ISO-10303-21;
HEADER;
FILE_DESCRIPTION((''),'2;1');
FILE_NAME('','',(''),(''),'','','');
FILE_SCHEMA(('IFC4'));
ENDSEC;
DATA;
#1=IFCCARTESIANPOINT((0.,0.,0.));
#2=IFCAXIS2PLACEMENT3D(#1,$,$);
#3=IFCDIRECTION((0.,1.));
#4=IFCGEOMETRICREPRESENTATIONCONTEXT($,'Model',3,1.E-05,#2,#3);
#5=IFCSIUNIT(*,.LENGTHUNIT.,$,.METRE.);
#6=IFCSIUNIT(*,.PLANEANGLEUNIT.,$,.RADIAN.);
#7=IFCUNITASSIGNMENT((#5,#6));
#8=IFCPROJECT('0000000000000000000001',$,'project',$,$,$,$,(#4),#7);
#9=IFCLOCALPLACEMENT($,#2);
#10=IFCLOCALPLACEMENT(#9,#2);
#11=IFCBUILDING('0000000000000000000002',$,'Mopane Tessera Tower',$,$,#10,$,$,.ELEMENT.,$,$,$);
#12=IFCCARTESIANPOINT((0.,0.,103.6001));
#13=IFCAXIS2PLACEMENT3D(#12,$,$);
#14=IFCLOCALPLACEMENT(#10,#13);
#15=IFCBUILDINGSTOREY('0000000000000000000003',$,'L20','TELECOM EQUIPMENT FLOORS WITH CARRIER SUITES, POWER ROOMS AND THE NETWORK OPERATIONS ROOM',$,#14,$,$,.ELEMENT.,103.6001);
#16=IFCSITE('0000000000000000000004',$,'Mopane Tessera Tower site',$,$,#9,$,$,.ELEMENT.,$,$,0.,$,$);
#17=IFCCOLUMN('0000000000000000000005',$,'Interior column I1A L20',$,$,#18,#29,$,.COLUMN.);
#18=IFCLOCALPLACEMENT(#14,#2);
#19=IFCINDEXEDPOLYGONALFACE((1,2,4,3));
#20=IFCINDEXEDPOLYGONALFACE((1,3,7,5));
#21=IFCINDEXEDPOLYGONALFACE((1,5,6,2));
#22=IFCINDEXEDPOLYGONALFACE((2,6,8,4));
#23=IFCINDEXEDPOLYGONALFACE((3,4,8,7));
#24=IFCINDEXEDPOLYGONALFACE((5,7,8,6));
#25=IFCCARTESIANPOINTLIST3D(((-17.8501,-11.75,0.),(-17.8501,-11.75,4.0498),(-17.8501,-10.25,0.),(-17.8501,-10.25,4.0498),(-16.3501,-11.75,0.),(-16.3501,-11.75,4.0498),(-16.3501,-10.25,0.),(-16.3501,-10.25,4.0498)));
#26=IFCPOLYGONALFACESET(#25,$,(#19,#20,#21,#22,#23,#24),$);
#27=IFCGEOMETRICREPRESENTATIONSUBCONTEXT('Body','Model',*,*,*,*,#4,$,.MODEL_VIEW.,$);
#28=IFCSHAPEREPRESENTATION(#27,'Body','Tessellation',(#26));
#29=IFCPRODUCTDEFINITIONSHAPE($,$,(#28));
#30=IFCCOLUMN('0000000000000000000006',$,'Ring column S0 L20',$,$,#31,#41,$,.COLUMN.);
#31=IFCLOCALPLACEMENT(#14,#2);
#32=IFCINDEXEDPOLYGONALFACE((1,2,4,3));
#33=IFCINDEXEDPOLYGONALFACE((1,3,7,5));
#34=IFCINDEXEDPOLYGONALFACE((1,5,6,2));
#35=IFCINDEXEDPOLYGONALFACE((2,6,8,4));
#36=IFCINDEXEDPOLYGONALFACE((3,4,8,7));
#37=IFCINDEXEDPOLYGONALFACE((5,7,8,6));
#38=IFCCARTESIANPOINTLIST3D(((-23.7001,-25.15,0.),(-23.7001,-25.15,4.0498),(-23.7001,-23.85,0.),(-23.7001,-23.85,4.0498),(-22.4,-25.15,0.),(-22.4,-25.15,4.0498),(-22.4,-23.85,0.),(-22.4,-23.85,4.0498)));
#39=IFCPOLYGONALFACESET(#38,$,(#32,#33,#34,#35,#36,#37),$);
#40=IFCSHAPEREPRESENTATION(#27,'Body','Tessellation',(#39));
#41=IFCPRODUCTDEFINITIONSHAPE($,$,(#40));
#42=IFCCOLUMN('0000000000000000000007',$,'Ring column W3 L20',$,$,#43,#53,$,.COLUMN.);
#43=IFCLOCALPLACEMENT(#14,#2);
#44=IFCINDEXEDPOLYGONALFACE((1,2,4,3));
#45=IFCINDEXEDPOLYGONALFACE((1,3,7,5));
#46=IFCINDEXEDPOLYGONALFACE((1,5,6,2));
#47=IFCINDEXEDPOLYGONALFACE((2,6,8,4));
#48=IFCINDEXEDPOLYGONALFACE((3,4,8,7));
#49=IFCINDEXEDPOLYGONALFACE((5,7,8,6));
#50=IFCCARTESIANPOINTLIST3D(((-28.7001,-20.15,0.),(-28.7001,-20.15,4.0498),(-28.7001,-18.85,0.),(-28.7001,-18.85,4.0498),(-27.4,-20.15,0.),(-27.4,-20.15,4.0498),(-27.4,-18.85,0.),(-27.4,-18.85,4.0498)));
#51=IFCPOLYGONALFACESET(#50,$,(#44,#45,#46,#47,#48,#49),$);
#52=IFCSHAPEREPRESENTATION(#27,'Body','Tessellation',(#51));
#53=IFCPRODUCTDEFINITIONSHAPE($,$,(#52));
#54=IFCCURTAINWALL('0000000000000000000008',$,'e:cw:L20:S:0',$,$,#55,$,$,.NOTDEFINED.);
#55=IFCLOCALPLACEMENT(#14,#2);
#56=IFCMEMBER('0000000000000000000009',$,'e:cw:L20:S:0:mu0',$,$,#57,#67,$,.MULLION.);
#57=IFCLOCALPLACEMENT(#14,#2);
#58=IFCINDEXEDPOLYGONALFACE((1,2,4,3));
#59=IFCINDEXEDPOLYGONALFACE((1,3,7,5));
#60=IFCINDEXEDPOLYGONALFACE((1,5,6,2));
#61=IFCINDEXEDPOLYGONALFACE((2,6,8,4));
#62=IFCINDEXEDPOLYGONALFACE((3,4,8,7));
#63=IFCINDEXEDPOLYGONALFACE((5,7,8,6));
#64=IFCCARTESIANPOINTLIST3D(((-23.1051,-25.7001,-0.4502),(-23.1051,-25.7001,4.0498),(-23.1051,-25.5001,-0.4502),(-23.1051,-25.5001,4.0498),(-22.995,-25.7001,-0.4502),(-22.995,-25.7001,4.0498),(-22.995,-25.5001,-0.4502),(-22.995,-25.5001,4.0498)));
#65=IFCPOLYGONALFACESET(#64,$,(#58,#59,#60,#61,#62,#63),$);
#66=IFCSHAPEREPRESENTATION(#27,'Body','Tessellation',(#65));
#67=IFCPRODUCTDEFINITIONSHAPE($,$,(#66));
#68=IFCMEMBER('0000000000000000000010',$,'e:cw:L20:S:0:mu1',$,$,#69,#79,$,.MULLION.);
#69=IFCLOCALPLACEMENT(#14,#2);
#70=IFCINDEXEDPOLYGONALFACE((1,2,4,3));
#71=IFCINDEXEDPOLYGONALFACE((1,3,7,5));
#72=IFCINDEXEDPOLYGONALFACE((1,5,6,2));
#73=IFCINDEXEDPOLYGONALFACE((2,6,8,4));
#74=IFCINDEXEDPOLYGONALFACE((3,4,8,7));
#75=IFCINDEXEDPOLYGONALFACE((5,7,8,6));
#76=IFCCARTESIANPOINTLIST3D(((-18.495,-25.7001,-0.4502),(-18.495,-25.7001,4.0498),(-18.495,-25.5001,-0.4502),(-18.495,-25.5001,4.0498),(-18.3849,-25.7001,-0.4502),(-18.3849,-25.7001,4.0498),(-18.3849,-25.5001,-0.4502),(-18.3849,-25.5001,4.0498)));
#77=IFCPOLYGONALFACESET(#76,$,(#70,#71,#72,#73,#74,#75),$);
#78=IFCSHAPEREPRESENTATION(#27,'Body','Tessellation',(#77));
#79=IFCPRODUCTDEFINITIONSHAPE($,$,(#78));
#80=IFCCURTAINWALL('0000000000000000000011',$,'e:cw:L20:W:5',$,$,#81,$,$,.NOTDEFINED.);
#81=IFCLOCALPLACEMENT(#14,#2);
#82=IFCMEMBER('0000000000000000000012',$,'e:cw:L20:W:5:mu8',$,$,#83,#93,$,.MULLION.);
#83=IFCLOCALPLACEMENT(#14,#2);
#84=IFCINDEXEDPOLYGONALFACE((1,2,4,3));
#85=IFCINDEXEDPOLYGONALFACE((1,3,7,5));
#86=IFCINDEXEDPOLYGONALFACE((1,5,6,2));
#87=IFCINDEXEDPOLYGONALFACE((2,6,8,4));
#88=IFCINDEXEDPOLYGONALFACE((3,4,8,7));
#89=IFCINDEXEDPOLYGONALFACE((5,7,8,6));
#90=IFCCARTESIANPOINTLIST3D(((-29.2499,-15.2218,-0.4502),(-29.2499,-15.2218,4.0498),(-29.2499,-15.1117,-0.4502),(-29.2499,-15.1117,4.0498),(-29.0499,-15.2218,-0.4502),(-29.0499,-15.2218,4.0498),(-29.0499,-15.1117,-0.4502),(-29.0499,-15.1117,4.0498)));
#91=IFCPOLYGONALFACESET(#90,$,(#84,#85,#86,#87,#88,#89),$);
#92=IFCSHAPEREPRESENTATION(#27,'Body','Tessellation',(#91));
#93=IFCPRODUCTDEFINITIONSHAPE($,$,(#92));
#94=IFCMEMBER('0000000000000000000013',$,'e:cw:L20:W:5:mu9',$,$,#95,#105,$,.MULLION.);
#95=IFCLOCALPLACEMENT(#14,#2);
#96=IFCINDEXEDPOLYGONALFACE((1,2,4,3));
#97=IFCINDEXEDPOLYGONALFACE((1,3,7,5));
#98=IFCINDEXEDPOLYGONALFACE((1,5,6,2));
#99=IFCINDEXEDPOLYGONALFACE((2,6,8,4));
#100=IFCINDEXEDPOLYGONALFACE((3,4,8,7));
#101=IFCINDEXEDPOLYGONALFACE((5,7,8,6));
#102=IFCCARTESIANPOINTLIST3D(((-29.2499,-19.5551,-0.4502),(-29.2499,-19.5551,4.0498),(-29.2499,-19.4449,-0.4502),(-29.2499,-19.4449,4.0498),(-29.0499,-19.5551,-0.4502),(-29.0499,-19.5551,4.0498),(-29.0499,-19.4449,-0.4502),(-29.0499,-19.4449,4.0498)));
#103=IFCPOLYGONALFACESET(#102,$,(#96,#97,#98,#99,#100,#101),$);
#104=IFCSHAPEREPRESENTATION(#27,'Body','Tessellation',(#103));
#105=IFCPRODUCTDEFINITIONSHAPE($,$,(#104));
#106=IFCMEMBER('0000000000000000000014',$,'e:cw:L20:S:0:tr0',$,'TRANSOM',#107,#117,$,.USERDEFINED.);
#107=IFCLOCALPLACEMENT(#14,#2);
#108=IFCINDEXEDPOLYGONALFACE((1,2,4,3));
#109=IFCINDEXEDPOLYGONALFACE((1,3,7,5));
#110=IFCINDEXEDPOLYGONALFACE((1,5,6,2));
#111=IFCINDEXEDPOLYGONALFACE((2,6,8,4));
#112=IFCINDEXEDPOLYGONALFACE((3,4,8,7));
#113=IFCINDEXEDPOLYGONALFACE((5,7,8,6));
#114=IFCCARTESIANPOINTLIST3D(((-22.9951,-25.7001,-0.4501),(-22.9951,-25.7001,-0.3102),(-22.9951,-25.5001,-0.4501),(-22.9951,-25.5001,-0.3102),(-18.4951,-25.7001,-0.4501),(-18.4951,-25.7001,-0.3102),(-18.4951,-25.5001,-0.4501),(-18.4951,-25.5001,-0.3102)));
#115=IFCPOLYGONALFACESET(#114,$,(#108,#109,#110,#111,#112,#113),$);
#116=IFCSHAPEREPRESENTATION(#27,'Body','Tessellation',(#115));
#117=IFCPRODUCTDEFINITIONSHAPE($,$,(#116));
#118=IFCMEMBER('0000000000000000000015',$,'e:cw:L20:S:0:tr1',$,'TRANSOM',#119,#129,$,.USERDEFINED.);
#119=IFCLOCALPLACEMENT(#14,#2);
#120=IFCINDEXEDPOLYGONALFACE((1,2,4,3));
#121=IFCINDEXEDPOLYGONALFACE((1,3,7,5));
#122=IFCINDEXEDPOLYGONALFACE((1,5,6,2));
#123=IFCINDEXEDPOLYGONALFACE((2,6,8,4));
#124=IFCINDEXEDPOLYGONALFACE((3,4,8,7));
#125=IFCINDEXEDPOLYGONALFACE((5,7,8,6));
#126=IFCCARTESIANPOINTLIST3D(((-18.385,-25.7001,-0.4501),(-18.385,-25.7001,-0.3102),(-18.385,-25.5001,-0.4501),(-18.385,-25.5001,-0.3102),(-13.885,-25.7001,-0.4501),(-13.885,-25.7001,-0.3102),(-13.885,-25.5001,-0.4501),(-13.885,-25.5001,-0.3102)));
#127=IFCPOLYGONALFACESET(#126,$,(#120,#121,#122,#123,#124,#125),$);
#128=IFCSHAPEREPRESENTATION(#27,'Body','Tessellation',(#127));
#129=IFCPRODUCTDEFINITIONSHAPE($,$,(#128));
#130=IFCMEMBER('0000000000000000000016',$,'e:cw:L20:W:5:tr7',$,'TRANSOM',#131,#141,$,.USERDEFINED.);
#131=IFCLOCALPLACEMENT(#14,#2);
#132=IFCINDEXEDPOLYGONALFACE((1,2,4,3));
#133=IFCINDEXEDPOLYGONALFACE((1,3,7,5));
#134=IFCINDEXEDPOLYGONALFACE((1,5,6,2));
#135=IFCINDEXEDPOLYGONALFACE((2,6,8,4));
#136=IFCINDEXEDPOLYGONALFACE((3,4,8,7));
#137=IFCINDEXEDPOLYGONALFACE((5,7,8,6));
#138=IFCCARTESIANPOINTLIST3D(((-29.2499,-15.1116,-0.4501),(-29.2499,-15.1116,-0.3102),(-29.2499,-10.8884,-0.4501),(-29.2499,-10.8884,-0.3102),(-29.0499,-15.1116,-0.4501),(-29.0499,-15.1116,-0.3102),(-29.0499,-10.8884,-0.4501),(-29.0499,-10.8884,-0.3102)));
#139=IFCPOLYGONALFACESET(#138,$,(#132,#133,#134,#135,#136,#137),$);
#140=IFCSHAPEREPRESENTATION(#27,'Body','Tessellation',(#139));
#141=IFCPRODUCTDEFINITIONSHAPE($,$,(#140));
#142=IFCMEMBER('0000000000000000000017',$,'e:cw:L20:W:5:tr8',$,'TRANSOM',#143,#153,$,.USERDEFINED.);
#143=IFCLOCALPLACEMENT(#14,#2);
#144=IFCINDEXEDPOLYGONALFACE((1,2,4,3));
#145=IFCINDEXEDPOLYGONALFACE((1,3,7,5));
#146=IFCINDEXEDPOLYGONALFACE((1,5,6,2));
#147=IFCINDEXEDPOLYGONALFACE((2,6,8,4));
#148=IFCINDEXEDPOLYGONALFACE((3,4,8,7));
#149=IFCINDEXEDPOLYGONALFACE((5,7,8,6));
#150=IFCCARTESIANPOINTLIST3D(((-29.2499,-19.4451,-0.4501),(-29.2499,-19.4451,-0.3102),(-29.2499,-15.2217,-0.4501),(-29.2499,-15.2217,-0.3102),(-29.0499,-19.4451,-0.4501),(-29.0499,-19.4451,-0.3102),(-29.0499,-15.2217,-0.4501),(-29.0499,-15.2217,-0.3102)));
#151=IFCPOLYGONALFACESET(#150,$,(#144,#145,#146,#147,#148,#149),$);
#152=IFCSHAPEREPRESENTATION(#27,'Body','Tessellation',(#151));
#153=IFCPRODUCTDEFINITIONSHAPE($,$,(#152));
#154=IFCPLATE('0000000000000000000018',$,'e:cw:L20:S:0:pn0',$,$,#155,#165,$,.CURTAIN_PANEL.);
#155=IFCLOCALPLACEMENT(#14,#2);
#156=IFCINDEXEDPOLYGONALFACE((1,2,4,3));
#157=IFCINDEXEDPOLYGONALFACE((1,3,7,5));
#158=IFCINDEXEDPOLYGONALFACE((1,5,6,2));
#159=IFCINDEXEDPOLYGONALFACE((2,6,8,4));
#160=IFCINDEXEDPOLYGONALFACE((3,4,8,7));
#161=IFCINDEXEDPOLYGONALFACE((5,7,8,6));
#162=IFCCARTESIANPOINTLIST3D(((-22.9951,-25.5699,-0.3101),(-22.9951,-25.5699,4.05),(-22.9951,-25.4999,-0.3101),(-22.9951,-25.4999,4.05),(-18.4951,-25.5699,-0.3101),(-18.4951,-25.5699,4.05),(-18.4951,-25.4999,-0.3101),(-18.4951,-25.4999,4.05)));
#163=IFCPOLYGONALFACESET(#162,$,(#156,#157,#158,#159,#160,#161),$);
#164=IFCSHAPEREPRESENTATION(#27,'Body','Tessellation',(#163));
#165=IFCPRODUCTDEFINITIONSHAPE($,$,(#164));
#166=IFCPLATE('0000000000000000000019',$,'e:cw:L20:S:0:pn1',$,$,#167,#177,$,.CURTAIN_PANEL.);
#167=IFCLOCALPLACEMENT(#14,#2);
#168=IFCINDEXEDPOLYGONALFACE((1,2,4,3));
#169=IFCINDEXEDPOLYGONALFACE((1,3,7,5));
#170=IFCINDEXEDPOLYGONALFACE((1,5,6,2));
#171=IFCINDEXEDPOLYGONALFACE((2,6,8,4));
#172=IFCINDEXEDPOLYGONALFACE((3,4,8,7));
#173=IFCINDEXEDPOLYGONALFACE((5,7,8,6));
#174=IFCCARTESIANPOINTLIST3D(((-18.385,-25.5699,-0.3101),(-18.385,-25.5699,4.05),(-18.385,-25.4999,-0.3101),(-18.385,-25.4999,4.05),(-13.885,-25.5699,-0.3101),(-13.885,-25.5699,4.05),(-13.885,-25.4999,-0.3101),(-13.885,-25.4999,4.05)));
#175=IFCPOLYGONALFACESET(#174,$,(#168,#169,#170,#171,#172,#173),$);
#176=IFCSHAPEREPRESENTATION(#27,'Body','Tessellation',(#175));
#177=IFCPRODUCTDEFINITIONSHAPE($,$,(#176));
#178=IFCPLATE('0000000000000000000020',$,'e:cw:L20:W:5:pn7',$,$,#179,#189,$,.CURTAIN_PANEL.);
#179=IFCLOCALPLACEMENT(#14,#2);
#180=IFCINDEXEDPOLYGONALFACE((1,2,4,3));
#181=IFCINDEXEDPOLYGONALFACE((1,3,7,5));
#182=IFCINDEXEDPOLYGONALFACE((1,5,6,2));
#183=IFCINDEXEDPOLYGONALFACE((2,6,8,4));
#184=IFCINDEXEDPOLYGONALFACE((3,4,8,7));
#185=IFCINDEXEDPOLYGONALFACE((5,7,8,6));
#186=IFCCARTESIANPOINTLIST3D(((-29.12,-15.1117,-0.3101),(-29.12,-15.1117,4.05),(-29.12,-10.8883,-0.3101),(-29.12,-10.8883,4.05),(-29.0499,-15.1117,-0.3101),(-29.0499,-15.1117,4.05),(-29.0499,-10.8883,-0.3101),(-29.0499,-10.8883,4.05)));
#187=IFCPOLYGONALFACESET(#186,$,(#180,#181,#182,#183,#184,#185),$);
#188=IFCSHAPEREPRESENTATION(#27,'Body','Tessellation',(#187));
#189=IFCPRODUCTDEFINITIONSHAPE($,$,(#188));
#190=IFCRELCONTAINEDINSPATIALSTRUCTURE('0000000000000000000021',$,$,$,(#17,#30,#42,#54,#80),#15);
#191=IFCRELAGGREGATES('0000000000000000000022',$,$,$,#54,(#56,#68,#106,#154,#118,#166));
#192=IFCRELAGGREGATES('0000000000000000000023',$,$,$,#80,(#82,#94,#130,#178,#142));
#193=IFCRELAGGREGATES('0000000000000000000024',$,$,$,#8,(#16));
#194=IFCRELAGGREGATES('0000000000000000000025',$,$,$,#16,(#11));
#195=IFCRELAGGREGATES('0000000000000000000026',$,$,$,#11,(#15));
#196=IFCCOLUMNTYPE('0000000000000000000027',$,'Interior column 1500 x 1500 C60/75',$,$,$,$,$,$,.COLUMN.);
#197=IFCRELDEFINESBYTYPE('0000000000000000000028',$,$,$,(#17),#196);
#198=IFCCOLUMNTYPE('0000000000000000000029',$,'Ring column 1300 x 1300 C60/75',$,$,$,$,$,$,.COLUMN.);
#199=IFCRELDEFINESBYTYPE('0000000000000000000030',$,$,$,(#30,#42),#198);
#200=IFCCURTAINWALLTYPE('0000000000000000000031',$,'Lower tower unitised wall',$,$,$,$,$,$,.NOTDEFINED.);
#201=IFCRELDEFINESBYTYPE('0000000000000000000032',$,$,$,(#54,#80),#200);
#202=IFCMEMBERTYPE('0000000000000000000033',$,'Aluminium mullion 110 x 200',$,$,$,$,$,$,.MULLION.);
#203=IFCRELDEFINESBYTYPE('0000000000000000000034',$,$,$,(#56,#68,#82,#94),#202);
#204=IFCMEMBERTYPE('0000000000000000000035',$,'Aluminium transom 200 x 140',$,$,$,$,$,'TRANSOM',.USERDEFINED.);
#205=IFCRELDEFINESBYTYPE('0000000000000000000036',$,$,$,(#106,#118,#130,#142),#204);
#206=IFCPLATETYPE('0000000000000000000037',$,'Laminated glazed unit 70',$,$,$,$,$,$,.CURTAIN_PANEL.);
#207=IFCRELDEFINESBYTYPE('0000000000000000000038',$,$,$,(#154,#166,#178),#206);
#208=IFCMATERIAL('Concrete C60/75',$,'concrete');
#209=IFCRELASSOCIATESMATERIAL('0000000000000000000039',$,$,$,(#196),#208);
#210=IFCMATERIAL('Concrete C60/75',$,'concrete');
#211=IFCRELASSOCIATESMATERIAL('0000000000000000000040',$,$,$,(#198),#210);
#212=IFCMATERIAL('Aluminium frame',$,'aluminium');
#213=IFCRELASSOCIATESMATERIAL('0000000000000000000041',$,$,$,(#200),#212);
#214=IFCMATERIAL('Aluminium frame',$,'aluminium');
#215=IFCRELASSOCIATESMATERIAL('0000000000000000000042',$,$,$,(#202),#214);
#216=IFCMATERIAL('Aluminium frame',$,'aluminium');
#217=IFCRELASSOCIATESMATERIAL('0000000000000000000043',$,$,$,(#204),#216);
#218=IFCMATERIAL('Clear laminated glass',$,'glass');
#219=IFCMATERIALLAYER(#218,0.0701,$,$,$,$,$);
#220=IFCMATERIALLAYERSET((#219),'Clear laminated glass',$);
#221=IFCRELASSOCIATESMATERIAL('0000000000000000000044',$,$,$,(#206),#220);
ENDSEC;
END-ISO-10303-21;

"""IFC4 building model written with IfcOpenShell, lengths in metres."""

from ifc_helpers import new_model, si_unit, direction, frame, origin, origin_2d, place, context, subcontext, project, spatial, rectangle, extrude, material, layer, layer_set, material_profile, profile_set, type_object, element, aggregate, save


model = new_model("IFC4")

# Units and contexts
model_context = context("Model", 3, precision=1e-05, world=origin(), true_north=direction((0.0, 1.0)))
body_context = subcontext(model_context, "Body", "Model", "MODEL_VIEW")
ifc_project = project(units=[si_unit("LENGTHUNIT", "METRE"), si_unit("PLANEANGLEUNIT", "RADIAN")], contexts=[model_context])

# Site, building, storey
site_placement = place(None, origin())
site = spatial("IfcSite", under=ifc_project, at=site_placement, Name="Mopane Tessera Tower site", CompositionType="ELEMENT", RefElevation=0.0)
building_placement = place(site_placement, origin())
building = spatial("IfcBuilding", under=site, at=building_placement, Name="Mopane Tessera Tower", CompositionType="ELEMENT")
storey_placement = place(building_placement, frame((0.0, 0.0, 103.6001)))
storey = spatial("IfcBuildingStorey", under=building, at=storey_placement, Name="L20", Description="TELECOM EQUIPMENT FLOORS WITH CARRIER SUITES, POWER ROOMS AND THE NETWORK OPERATIONS ROOM", CompositionType="ELEMENT", Elevation=103.6001)

# Columns
ifc_material_1 = material(Name="Concrete C60/75", Category="concrete")
ifc_material_profile_1 = material_profile(ifc_material_1, rectangle(XDim=1.5, YDim=1.5, at=origin_2d()))
ifc_profile_set_1 = profile_set([ifc_material_profile_1], Name="Concrete C60/75")
column_type_1 = type_object("IfcColumnType", Name="Interior column 1500 x 1500 C60/75", PredefinedType="COLUMN", material=ifc_profile_set_1)
column_placement = place(storey_placement, frame((-17.1001, -11.0, 0.0), z_axis=(0.0, 0.0, 1.0), x_axis=(1.0, 0.0, 0.0)))
element("IfcColumn", 1, at=column_placement, inside=storey, type_object=column_type_1, Name="Interior column I1A L20", PredefinedType="COLUMN", context=body_context, shape_type="SweptSolid", body=[
    extrude(rectangle(XDim=1.5, YDim=1.5, at=origin_2d()), origin(), (0.0, 0.0, 1.0), 4.0498),
])
ifc_material_2 = material(Name="Concrete C60/75", Category="concrete")
ifc_material_profile_2 = material_profile(ifc_material_2, rectangle(XDim=1.3, YDim=1.3, at=origin_2d()))
ifc_profile_set_2 = profile_set([ifc_material_profile_2], Name="Concrete C60/75")
column_type_2 = type_object("IfcColumnType", Name="Ring column 1300 x 1300 C60/75", PredefinedType="COLUMN", material=ifc_profile_set_2)
for number, where, z_axis, x_axis, name in (
    (2, (-23.05, -24.5, 0.0), (0.0, 0.0, 1.0), (1.0, 0.0, 0.0), "Ring column S0 L20"),
    (3, (-28.05, -19.5, 0.0), (0.0, 0.0, 1.0), (1.0, 0.0, 0.0), "Ring column W3 L20"),
):
    element("IfcColumn", number, at=place(storey_placement, frame(where, z_axis=z_axis, x_axis=x_axis)), inside=storey, type_object=column_type_2, Name=name, PredefinedType="COLUMN", context=body_context, shape_type="SweptSolid", body=[
        extrude(rectangle(XDim=1.3, YDim=1.3, at=origin_2d()), origin(), (0.0, 0.0, 1.0), 4.0498),
    ])

# Curtain walls, members
ifc_material_3 = material(Name="Aluminium frame", Category="aluminium")
curtain_wall_type = type_object("IfcCurtainWallType", Name="Lower tower unitised wall", PredefinedType="NOTDEFINED", material=ifc_material_3)
curtain_wall_1_placement = place(storey_placement, origin())
curtain_wall_1 = element("IfcCurtainWall", 4, at=curtain_wall_1_placement, inside=storey, type_object=curtain_wall_type, Name="e:cw:L20:S:0", PredefinedType="NOTDEFINED")
ifc_material_4 = material(Name="Aluminium frame", Category="aluminium")
ifc_material_profile_3 = material_profile(ifc_material_4, rectangle(XDim=0.1101, YDim=0.2, at=origin_2d()))
ifc_profile_set_3 = profile_set([ifc_material_profile_3], Name="Aluminium frame")
member_type_1 = type_object("IfcMemberType", Name="Aluminium mullion 110 x 200", PredefinedType="MULLION", material=ifc_profile_set_3)
member_1_placement = place(storey_placement, frame((-23.05, -25.6001, -0.4502), z_axis=(0.0, 0.0, 1.0), x_axis=(1.0, 0.0, 0.0)))
member_1 = element("IfcMember", 5, at=member_1_placement, type_object=member_type_1, Name="e:cw:L20:S:0:mu0", PredefinedType="MULLION", context=body_context, shape_type="SweptSolid", body=[
    extrude(rectangle(XDim=0.1101, YDim=0.2, at=origin_2d()), origin(), (0.0, 0.0, 1.0), 4.5),
])
member_2_placement = place(storey_placement, frame((-18.4399, -25.6001, -0.4502), z_axis=(0.0, 0.0, 1.0), x_axis=(1.0, 0.0, 0.0)))
member_2 = element("IfcMember", 6, at=member_2_placement, type_object=member_type_1, Name="e:cw:L20:S:0:mu1", PredefinedType="MULLION", context=body_context, shape_type="SweptSolid", body=[
    extrude(rectangle(XDim=0.1101, YDim=0.2, at=origin_2d()), origin(), (0.0, 0.0, 1.0), 4.5),
])
curtain_wall_2_placement = place(storey_placement, origin())
curtain_wall_2 = element("IfcCurtainWall", 7, at=curtain_wall_2_placement, inside=storey, type_object=curtain_wall_type, Name="e:cw:L20:W:5", PredefinedType="NOTDEFINED")
member_3_placement = place(storey_placement, frame((-29.1499, -15.1667, -0.4502), z_axis=(0.0, 0.0, 1.0), x_axis=(0.0, -1.0, 0.0)))
member_3 = element("IfcMember", 8, at=member_3_placement, type_object=member_type_1, Name="e:cw:L20:W:5:mu8", PredefinedType="MULLION", context=body_context, shape_type="SweptSolid", body=[
    extrude(rectangle(XDim=0.1101, YDim=0.2, at=origin_2d()), origin(), (0.0, 0.0, 1.0), 4.5),
])
member_4_placement = place(storey_placement, frame((-29.1499, -19.5, -0.4502), z_axis=(0.0, 0.0, 1.0), x_axis=(0.0, -1.0, 0.0)))
member_4 = element("IfcMember", 9, at=member_4_placement, type_object=member_type_1, Name="e:cw:L20:W:5:mu9", PredefinedType="MULLION", context=body_context, shape_type="SweptSolid", body=[
    extrude(rectangle(XDim=0.1101, YDim=0.2, at=origin_2d()), origin(), (0.0, 0.0, 1.0), 4.5),
])

# Members
ifc_material_5 = material(Name="Aluminium frame", Category="aluminium")
ifc_material_profile_4 = material_profile(ifc_material_5, rectangle(XDim=0.2, YDim=0.1399, at=origin_2d()))
ifc_profile_set_4 = profile_set([ifc_material_profile_4], Name="Aluminium frame")
member_type_2 = type_object("IfcMemberType", Name="Aluminium transom 200 x 140", ElementType="TRANSOM", PredefinedType="USERDEFINED", material=ifc_profile_set_4)
member_5_placement = place(storey_placement, frame((-22.9951, -25.6001, -0.3801), z_axis=(1.0, 0.0, 0.0), x_axis=(0.0, 1.0, 0.0)))
member_5 = element("IfcMember", 10, at=member_5_placement, type_object=member_type_2, Name="e:cw:L20:S:0:tr0", ObjectType="TRANSOM", PredefinedType="USERDEFINED", context=body_context, shape_type="SweptSolid", body=[
    extrude(rectangle(XDim=0.2, YDim=0.1399, at=origin_2d()), origin(), (0.0, 0.0, 1.0), 4.5),
])
member_6_placement = place(storey_placement, frame((-18.385, -25.6001, -0.3801), z_axis=(1.0, 0.0, 0.0), x_axis=(0.0, 1.0, 0.0)))
member_6 = element("IfcMember", 11, at=member_6_placement, type_object=member_type_2, Name="e:cw:L20:S:0:tr1", ObjectType="TRANSOM", PredefinedType="USERDEFINED", context=body_context, shape_type="SweptSolid", body=[
    extrude(rectangle(XDim=0.2, YDim=0.1399, at=origin_2d()), origin(), (0.0, 0.0, 1.0), 4.5),
])
member_7_placement = place(storey_placement, frame((-29.1499, -10.8884, -0.3801), z_axis=(0.0, -1.0, 0.0), x_axis=(1.0, 0.0, 0.0)))
member_7 = element("IfcMember", 12, at=member_7_placement, type_object=member_type_2, Name="e:cw:L20:W:5:tr7", ObjectType="TRANSOM", PredefinedType="USERDEFINED", context=body_context, shape_type="SweptSolid", body=[
    extrude(rectangle(XDim=0.2, YDim=0.1399, at=origin_2d()), origin(), (0.0, 0.0, 1.0), 4.2231),
])
member_8_placement = place(storey_placement, frame((-29.1499, -15.2217, -0.3801), z_axis=(0.0, -1.0, 0.0), x_axis=(1.0, 0.0, 0.0)))
member_8 = element("IfcMember", 13, at=member_8_placement, type_object=member_type_2, Name="e:cw:L20:W:5:tr8", ObjectType="TRANSOM", PredefinedType="USERDEFINED", context=body_context, shape_type="SweptSolid", body=[
    extrude(rectangle(XDim=0.2, YDim=0.1399, at=origin_2d()), origin(), (0.0, 0.0, 1.0), 4.2234),
])

# Plates
ifc_material_6 = material(Name="Clear laminated glass", Category="glass")
ifc_layer_1 = layer(ifc_material_6, 0.0701)
ifc_layer_set_1 = layer_set([ifc_layer_1], Name="Clear laminated glass")
plate_type = type_object("IfcPlateType", Name="Laminated glazed unit 70", PredefinedType="CURTAIN_PANEL", material=ifc_layer_set_1)
plate_1_placement = place(storey_placement, frame((-20.7451, -25.5349, -0.3101), z_axis=(0.0, 0.0, 1.0), x_axis=(1.0, 0.0, 0.0)))
plate_1 = element("IfcPlate", 14, at=plate_1_placement, type_object=plate_type, Name="e:cw:L20:S:0:pn0", PredefinedType="CURTAIN_PANEL", context=body_context, shape_type="SweptSolid", body=[
    extrude(rectangle(XDim=4.5, YDim=0.0701, at=origin_2d()), origin(), (0.0, 0.0, 1.0), 4.3601),
])
plate_2_placement = place(storey_placement, frame((-16.135, -25.5349, -0.3101), z_axis=(0.0, 0.0, 1.0), x_axis=(1.0, 0.0, 0.0)))
plate_2 = element("IfcPlate", 15, at=plate_2_placement, type_object=plate_type, Name="e:cw:L20:S:0:pn1", PredefinedType="CURTAIN_PANEL", context=body_context, shape_type="SweptSolid", body=[
    extrude(rectangle(XDim=4.5, YDim=0.0701, at=origin_2d()), origin(), (0.0, 0.0, 1.0), 4.3601),
])
aggregate(curtain_wall_1, [member_1, member_2, member_5, plate_1, member_6, plate_2])
plate_3_placement = place(storey_placement, frame((-29.085, -13.0, -0.3101), z_axis=(0.0, 0.0, 1.0), x_axis=(0.0, -1.0, 0.0)))
plate_3 = element("IfcPlate", 16, at=plate_3_placement, type_object=plate_type, Name="e:cw:L20:W:5:pn7", PredefinedType="CURTAIN_PANEL", context=body_context, shape_type="SweptSolid", body=[
    extrude(rectangle(XDim=4.2234, YDim=0.0701, at=origin_2d()), origin(), (0.0, 0.0, 1.0), 4.3601),
])
aggregate(curtain_wall_2, [member_3, member_4, member_7, plate_3, member_8])

save(model, "model.ifc")
